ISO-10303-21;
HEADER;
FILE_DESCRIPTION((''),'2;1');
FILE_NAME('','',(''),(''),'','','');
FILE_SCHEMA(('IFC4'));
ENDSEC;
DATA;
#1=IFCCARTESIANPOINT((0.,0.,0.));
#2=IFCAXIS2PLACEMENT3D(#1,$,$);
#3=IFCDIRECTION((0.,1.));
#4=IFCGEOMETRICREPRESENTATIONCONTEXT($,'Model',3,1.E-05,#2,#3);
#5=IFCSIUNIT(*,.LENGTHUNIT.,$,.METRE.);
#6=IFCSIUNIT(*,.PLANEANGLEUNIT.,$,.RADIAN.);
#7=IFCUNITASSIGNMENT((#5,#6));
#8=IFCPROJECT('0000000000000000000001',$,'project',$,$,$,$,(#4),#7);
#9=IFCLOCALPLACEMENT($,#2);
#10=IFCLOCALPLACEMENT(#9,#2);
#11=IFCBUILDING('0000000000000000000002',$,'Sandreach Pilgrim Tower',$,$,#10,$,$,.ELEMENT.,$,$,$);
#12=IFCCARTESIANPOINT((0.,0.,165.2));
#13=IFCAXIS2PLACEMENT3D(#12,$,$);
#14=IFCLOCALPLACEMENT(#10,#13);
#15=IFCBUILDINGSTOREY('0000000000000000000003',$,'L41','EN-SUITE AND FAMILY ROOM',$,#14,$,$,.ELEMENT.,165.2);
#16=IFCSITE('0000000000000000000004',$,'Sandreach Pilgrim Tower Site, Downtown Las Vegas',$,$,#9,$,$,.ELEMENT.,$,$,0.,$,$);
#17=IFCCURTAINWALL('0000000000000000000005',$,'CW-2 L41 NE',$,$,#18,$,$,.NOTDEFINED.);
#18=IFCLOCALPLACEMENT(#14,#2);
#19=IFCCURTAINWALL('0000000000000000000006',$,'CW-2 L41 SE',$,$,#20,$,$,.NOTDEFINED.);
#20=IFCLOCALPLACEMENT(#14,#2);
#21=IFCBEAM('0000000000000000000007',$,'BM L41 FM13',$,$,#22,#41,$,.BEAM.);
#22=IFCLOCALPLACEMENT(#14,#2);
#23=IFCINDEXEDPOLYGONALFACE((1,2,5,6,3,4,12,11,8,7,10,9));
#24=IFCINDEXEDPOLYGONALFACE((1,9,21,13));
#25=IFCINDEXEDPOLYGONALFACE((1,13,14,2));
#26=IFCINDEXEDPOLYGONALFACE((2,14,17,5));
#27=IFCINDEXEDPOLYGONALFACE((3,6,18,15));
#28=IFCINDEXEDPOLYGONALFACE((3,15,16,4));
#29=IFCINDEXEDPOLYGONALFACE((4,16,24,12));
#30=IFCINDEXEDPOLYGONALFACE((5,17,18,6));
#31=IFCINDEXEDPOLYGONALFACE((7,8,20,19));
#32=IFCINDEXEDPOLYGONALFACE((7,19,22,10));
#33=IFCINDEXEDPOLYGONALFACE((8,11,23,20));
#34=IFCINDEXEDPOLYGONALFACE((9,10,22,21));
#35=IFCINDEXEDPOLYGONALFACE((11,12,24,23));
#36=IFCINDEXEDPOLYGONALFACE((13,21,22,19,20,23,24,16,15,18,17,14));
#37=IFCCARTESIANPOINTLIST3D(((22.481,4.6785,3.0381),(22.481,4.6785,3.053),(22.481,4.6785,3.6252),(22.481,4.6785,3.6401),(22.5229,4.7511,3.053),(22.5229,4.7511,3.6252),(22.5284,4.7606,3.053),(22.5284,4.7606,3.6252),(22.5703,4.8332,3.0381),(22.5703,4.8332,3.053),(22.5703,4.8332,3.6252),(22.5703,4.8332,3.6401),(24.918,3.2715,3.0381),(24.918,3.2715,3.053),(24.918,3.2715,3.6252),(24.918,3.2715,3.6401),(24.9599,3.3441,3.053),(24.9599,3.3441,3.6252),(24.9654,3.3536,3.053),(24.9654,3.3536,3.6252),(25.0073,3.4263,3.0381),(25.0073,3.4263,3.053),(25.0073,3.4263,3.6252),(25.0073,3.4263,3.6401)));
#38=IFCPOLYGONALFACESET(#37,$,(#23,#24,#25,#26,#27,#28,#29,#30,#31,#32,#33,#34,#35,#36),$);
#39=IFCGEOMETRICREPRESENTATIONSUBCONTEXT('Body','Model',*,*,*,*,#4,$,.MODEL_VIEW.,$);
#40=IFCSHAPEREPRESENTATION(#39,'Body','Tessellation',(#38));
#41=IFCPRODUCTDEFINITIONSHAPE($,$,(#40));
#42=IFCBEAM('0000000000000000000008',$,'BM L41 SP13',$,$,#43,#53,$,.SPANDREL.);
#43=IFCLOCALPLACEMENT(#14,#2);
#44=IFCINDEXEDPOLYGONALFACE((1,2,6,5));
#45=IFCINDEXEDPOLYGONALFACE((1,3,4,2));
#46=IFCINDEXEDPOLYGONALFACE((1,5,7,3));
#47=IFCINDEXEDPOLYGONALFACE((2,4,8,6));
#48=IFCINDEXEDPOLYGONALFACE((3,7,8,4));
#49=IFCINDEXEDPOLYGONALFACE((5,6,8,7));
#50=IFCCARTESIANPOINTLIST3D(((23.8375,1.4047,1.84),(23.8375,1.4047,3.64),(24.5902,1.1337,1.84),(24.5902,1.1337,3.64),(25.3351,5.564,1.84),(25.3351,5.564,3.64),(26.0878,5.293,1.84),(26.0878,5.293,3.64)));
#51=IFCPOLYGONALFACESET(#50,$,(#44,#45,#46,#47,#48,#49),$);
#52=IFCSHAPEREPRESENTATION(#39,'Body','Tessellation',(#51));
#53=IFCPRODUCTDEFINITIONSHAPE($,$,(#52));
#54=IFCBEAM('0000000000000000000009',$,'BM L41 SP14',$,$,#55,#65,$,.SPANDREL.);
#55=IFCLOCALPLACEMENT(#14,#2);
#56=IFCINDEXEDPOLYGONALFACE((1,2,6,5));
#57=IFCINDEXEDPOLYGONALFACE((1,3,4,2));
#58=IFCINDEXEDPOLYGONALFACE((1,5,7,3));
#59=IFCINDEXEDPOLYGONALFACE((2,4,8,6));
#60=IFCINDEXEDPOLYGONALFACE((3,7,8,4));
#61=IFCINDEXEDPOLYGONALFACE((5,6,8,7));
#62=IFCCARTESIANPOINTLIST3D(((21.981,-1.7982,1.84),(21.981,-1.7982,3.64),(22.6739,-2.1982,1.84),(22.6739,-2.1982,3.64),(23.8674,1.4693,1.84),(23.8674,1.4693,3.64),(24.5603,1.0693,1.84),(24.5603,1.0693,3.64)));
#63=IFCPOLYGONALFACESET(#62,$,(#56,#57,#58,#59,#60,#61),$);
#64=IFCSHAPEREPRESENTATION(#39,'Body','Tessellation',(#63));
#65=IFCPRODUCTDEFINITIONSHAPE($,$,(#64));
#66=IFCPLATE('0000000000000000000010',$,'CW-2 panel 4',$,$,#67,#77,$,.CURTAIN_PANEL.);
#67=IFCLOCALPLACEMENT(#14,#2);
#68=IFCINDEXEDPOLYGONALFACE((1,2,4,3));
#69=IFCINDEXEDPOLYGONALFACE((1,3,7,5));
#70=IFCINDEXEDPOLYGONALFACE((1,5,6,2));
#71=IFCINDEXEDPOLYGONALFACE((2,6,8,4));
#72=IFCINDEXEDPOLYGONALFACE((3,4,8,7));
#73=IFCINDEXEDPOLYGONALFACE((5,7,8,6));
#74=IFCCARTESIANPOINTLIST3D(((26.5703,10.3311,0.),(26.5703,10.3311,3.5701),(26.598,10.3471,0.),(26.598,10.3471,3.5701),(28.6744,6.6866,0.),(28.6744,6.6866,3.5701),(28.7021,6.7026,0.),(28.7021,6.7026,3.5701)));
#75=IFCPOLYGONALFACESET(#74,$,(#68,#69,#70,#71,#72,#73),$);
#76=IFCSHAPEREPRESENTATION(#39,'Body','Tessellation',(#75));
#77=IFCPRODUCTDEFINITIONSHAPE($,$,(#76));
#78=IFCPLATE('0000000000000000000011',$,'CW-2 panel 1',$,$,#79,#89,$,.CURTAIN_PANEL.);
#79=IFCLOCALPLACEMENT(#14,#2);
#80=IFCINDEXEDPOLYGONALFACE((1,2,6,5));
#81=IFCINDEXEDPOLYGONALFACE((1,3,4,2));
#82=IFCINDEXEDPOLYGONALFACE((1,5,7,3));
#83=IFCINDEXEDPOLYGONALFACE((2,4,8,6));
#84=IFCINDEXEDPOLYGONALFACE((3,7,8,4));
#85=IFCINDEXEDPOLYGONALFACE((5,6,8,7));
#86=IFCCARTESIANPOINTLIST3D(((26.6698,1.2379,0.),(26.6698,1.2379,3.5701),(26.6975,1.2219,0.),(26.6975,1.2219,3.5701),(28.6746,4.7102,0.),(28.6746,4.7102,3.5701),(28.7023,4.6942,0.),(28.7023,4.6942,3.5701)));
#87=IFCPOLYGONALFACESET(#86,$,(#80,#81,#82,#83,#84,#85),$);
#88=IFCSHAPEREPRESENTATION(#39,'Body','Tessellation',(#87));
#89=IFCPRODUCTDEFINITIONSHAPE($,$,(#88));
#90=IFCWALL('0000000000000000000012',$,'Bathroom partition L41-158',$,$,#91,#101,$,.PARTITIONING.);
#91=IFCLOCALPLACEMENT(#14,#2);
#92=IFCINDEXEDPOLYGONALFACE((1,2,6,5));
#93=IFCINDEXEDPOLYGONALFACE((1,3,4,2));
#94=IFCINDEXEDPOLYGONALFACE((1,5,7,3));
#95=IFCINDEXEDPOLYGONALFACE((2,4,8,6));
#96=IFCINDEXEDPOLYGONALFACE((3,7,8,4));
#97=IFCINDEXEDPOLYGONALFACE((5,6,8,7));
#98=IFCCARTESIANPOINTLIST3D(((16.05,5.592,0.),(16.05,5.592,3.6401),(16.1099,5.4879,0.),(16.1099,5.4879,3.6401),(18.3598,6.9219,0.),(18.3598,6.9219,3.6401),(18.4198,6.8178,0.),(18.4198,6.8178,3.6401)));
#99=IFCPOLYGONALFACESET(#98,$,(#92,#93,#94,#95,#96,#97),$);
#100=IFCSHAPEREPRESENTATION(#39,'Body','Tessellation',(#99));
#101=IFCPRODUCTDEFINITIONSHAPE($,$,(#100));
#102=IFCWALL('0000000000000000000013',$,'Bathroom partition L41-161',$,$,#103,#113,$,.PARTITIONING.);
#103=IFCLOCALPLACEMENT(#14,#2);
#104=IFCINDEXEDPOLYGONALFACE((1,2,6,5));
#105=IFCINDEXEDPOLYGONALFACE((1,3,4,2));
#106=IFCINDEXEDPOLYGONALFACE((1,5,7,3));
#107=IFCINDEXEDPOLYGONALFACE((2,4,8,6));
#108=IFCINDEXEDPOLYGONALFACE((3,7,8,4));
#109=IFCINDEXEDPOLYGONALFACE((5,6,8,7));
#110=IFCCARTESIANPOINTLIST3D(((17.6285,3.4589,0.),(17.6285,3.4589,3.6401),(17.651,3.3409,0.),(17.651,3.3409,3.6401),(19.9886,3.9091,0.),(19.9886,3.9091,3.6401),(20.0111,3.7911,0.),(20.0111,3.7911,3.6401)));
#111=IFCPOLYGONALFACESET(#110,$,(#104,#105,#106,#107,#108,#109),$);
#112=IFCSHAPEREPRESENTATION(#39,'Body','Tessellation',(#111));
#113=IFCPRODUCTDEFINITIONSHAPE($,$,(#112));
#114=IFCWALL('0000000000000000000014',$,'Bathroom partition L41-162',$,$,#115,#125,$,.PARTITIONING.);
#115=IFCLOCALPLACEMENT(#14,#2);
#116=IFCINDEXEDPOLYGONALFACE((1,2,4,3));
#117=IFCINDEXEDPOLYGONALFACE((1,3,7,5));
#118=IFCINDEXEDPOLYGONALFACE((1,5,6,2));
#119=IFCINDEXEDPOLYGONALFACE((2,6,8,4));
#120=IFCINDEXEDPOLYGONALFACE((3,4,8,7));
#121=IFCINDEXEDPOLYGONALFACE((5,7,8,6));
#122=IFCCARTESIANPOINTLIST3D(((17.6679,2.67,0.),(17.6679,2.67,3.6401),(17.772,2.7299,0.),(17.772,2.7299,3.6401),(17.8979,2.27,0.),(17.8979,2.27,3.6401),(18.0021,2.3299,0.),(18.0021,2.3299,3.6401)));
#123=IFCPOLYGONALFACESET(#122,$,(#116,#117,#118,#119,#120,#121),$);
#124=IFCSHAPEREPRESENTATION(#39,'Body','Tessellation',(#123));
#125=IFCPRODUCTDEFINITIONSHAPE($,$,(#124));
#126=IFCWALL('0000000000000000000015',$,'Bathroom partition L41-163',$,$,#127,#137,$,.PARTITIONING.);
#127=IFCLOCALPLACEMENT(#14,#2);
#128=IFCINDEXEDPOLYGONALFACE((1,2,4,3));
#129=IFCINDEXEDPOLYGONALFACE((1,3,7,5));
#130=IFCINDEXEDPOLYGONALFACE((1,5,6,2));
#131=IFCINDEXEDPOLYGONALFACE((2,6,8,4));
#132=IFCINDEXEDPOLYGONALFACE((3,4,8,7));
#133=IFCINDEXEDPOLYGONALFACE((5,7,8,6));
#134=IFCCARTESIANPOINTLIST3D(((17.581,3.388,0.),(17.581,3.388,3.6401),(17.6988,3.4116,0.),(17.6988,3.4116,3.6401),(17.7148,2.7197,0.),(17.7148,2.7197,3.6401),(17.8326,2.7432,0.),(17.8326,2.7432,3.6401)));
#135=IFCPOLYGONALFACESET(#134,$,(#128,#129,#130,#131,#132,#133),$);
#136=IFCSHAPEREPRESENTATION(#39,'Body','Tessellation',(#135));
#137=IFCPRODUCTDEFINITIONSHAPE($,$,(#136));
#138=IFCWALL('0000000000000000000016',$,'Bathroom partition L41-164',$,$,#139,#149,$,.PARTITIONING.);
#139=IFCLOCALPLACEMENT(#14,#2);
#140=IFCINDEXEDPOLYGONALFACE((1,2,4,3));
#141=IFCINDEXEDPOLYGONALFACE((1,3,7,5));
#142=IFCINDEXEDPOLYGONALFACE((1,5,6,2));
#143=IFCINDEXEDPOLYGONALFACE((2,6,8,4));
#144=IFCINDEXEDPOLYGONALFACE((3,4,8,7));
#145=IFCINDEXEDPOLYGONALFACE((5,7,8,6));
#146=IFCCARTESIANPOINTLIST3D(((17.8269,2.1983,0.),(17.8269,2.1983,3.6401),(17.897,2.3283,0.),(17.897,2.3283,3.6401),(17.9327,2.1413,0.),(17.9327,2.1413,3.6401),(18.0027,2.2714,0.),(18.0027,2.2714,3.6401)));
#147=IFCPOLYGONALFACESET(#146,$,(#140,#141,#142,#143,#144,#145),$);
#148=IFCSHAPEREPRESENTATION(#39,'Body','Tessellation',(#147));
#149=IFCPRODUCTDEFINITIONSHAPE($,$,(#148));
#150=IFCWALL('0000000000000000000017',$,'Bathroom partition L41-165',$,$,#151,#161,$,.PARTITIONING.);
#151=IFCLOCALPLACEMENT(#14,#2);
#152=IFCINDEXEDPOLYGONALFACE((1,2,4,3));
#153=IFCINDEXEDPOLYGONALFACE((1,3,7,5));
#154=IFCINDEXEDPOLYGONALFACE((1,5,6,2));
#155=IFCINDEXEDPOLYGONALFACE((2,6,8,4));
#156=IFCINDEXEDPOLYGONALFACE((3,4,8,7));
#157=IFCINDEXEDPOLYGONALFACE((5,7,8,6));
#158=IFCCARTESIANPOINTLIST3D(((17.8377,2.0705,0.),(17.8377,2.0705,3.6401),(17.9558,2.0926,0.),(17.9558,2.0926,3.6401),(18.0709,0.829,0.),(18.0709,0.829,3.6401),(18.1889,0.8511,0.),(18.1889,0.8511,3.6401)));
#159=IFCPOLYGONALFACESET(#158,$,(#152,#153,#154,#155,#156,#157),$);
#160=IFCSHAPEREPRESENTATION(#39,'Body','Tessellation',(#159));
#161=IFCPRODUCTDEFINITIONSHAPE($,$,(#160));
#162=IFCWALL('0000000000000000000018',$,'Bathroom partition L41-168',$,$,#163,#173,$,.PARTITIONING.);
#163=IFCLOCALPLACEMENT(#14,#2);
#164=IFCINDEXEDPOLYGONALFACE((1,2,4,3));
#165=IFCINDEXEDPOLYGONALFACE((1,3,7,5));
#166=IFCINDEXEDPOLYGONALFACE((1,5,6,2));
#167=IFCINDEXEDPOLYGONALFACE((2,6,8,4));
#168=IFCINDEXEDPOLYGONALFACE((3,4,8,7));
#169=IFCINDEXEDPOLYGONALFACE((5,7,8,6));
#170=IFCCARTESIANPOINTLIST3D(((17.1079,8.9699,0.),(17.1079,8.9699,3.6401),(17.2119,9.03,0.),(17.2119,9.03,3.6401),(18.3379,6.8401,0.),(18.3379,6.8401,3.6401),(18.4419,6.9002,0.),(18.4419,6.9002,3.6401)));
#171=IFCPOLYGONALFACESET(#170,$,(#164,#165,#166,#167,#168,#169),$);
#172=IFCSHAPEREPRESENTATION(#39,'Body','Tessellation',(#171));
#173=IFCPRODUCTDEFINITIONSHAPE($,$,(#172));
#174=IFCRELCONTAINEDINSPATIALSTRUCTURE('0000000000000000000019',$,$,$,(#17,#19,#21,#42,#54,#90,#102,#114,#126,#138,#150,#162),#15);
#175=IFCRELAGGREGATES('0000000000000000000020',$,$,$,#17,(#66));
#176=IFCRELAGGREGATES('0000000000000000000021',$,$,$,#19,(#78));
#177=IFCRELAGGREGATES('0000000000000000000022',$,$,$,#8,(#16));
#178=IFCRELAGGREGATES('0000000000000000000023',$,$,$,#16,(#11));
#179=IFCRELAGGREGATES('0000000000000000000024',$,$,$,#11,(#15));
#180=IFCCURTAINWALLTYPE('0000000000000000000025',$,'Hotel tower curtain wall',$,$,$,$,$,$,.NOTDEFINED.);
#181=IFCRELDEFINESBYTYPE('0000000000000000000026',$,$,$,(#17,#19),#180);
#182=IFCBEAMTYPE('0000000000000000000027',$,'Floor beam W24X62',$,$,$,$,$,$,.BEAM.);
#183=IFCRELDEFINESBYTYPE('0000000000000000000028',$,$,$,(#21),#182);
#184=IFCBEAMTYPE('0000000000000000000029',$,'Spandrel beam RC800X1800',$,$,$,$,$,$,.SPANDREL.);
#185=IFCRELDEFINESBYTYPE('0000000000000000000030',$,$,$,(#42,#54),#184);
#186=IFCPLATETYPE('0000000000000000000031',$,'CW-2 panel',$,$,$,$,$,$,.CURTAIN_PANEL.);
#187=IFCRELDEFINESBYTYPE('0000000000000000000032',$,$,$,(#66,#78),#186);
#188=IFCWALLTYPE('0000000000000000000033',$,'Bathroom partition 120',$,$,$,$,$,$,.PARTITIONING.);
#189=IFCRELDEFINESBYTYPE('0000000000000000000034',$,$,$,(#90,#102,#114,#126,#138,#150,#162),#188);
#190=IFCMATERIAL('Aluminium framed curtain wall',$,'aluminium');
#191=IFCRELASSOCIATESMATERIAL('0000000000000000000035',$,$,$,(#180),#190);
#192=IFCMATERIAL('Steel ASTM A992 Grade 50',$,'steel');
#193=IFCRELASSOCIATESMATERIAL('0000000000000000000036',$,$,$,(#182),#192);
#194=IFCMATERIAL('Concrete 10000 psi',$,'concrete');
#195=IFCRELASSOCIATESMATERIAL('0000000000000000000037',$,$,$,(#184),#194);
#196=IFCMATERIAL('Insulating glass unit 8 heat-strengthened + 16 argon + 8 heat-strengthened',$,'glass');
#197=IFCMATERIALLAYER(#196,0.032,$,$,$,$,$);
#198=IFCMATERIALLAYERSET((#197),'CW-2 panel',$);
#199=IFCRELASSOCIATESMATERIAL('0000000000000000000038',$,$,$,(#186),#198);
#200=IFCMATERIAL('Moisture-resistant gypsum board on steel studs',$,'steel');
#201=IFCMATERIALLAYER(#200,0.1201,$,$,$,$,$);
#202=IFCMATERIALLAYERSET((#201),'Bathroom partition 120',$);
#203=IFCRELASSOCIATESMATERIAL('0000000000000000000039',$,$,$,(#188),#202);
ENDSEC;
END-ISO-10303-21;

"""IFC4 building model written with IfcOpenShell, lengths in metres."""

from ifc_helpers import new_model, si_unit, direction, frame, frame_2d, origin, origin_2d, place, context, subcontext, project, spatial, rectangle, i_section, extrude, material, layer, layer_set, material_profile, profile_set, type_object, element, aggregate, save


model = new_model("IFC4")

# Units and contexts
model_context = context("Model", 3, precision=1e-05, world=origin(), true_north=direction((0.0, 1.0)))
body_context = subcontext(model_context, "Body", "Model", "MODEL_VIEW")
ifc_project = project(units=[si_unit("LENGTHUNIT", "METRE"), si_unit("PLANEANGLEUNIT", "RADIAN")], contexts=[model_context])

# Site, building, storey
site_placement = place(None, origin())
site = spatial("IfcSite", under=ifc_project, at=site_placement, Name="Sandreach Pilgrim Tower Site, Downtown Las Vegas", CompositionType="ELEMENT", RefElevation=0.0)
building_placement = place(site_placement, origin())
building = spatial("IfcBuilding", under=site, at=building_placement, Name="Sandreach Pilgrim Tower", CompositionType="ELEMENT")
storey_placement = place(building_placement, frame((0.0, 0.0, 165.2)))
storey = spatial("IfcBuildingStorey", under=building, at=storey_placement, Name="L41", Description="EN-SUITE AND FAMILY ROOM", CompositionType="ELEMENT", Elevation=165.2)

# Curtain wall
ifc_material_1 = material(Name="Aluminium framed curtain wall", Category="aluminium")
curtain_wall_type = type_object("IfcCurtainWallType", Name="Hotel tower curtain wall", PredefinedType="NOTDEFINED", material=ifc_material_1)
curtain_wall_1_placement = place(storey_placement, origin())
curtain_wall_1 = element("IfcCurtainWall", 1, at=curtain_wall_1_placement, inside=storey, type_object=curtain_wall_type, Name="CW-2 L41 NE", PredefinedType="NOTDEFINED")

# Curtain wall
curtain_wall_2_placement = place(storey_placement, origin())
curtain_wall_2 = element("IfcCurtainWall", 2, at=curtain_wall_2_placement, inside=storey, type_object=curtain_wall_type, Name="CW-2 L41 SE", PredefinedType="NOTDEFINED")

# Beams
ifc_material_2 = material(Name="Steel ASTM A992 Grade 50", Category="steel")
ifc_material_profile_1 = material_profile(ifc_material_2, i_section(OverallWidth=0.1787, OverallDepth=0.6021, WebThickness=0.011, FlangeThickness=0.0149, at=origin_2d()), Name="W24X62")
ifc_profile_set_1 = profile_set([ifc_material_profile_1], Name="Steel ASTM A992 Grade 50")
beam_type_1 = type_object("IfcBeamType", Name="Floor beam W24X62", PredefinedType="BEAM", material=ifc_profile_set_1)
beam_1_placement = place(storey_placement, frame((24.9626, 3.3489, 3.3391), z_axis=(-0.86603, 0.499993, 0.0), x_axis=(-0.499993, -0.86603, 0.0)))
element("IfcBeam", 3, at=beam_1_placement, inside=storey, type_object=beam_type_1, Name="BM L41 FM13", PredefinedType="BEAM", context=body_context, shape_type="SweptSolid", body=[
    extrude(i_section(OverallWidth=0.1787, OverallDepth=0.6021, WebThickness=0.011, FlangeThickness=0.0149, at=origin_2d()), origin(), (0.0, 0.0, 1.0), 2.814),
])
ifc_material_3 = material(Name="Concrete 10000 psi", Category="concrete")
ifc_material_profile_2 = material_profile(ifc_material_3, rectangle(XDim=0.8, YDim=1.8, at=origin_2d()), Name="RC800X1800")
ifc_profile_set_2 = profile_set([ifc_material_profile_2], Name="Concrete 10000 psi")
beam_type_2 = type_object("IfcBeamType", Name="Spandrel beam RC800X1800", PredefinedType="SPANDREL", material=ifc_profile_set_2)
beam_2_placement = place(storey_placement, frame((25.7114, 5.4285, 2.74), z_axis=(-0.33877, -0.940869, 0.0), x_axis=(0.940869, -0.33877, 0.0)))
element("IfcBeam", 4, at=beam_2_placement, inside=storey, type_object=beam_type_2, Name="BM L41 SP13", PredefinedType="SPANDREL", context=body_context, shape_type="SweptSolid", body=[
    extrude(rectangle(XDim=0.8, YDim=1.8, at=origin_2d()), origin(), (0.0, 0.0, 1.0), 4.4207),
])
beam_3_placement = place(storey_placement, frame((24.2139, 1.2693, 2.74), z_axis=(-0.499988, -0.866033, 0.0), x_axis=(0.866033, -0.499988, 0.0)))
element("IfcBeam", 5, at=beam_3_placement, inside=storey, type_object=beam_type_2, Name="BM L41 SP14", PredefinedType="SPANDREL", context=body_context, shape_type="SweptSolid", body=[
    extrude(rectangle(XDim=0.8, YDim=1.8, at=origin_2d()), origin(), (0.0, 0.0, 1.0), 3.7729),
])

# Plates
ifc_material_4 = material(Name="Insulating glass unit 8 heat-strengthened + 16 argon + 8 heat-strengthened", Category="glass")
ifc_layer_1 = layer(ifc_material_4, 0.032)
ifc_layer_set_1 = layer_set([ifc_layer_1], Name="CW-2 panel")
plate_type = type_object("IfcPlateType", Name="CW-2 panel", PredefinedType="CURTAIN_PANEL", material=ifc_layer_set_1)
plate_1_placement = place(storey_placement, frame((27.6362, 8.5168, 0.0), z_axis=(0.0, 0.0, 1.0), x_axis=(0.5, -0.866025, 0.0)))
plate_1 = element("IfcPlate", 6, at=plate_1_placement, type_object=plate_type, Name="CW-2 panel 4", PredefinedType="CURTAIN_PANEL", context=body_context, shape_type="SweptSolid", body=[
    extrude(rectangle(XDim=4.2083, YDim=0.032, at=origin_2d()), origin(), (0.0, 0.0, 1.0), 3.5701),
])
aggregate(curtain_wall_1, [plate_1])
plate_2_placement = place(storey_placement, frame((27.686, 2.9661, 0.0), z_axis=(0.0, 0.0, 1.0), x_axis=(-0.5, -0.866025, 0.0)))
plate_2 = element("IfcPlate", 7, at=plate_2_placement, type_object=plate_type, Name="CW-2 panel 1", PredefinedType="CURTAIN_PANEL", context=body_context, shape_type="SweptSolid", body=[
    extrude(rectangle(XDim=4.0095, YDim=0.032, at=origin_2d()), origin(), (0.0, 0.0, 1.0), 3.5701),
])
aggregate(curtain_wall_2, [plate_2])

# Walls
ifc_material_5 = material(Name="Moisture-resistant gypsum board on steel studs", Category="steel")
ifc_layer_2 = layer(ifc_material_5, 0.1201)
ifc_layer_set_2 = layer_set([ifc_layer_2], Name="Bathroom partition 120")
wall_type_1 = type_object("IfcWallType", Name="Bathroom partition 120", PredefinedType="PARTITIONING", material=ifc_layer_set_2)
wall_1_placement = place(storey_placement, frame((16.0801, 5.54, 0.0), z_axis=(0.0, 0.0, 1.0), x_axis=(0.866632, 0.498948, 0.0)))
element("IfcWall", 8, at=wall_1_placement, inside=storey, type_object=wall_type_1, Name="Bathroom partition L41-158", PredefinedType="PARTITIONING", context=body_context, shape_type="SweptSolid", body=[
    extrude(rectangle(XDim=2.6653, YDim=0.1201, at=frame_2d((1.3325, 0.0))), origin(), (0.0, 0.0, 1.0), 3.6401),
])
wall_2_placement = place(storey_placement, frame((17.6399, 3.3999, 0.0), z_axis=(0.0, 0.0, 1.0), x_axis=(0.982289, 0.187374, 0.0)))
element("IfcWall", 9, at=wall_2_placement, inside=storey, type_object=wall_type_1, Name="Bathroom partition L41-161", PredefinedType="PARTITIONING", context=body_context, shape_type="SweptSolid", body=[
    extrude(rectangle(XDim=2.4026, YDim=0.1201, at=frame_2d((1.2012, 0.0))), origin(), (0.0, 0.0, 1.0), 3.6401),
])
wall_3_placement = place(storey_placement, frame((17.72, 2.7, 0.0), z_axis=(0.0, 0.0, 1.0), x_axis=(0.498531, -0.866872, 0.0)))
element("IfcWall", 10, at=wall_3_placement, inside=storey, type_object=wall_type_1, Name="Bathroom partition L41-162", PredefinedType="PARTITIONING", context=body_context, shape_type="SweptSolid", body=[
    extrude(rectangle(XDim=0.4614, YDim=0.1201, at=frame_2d((0.2307, 0.0))), origin(), (0.0, 0.0, 1.0), 3.6401),
])
wall_4_placement = place(storey_placement, frame((17.7737, 2.7314, 0.0), z_axis=(0.0, 0.0, 1.0), x_axis=(-0.196254, 0.980553, 0.0)))
element("IfcWall", 11, at=wall_4_placement, inside=storey, type_object=wall_type_1, Name="Bathroom partition L41-163", PredefinedType="PARTITIONING", context=body_context, shape_type="SweptSolid", body=[
    extrude(rectangle(XDim=0.6816, YDim=0.1201, at=frame_2d((0.3408, 0.0))), origin(), (0.0, 0.0, 1.0), 3.6401),
])
wall_5_placement = place(storey_placement, frame((17.8799, 2.1699, 0.0), z_axis=(0.0, 0.0, 1.0), x_axis=(0.4741, 0.880471, 0.0)))
element("IfcWall", 12, at=wall_5_placement, inside=storey, type_object=wall_type_1, Name="Bathroom partition L41-164", PredefinedType="PARTITIONING", context=body_context, shape_type="SweptSolid", body=[
    extrude(rectangle(XDim=0.1477, YDim=0.1201, at=frame_2d((0.0737, 0.0))), origin(), (0.0, 0.0, 1.0), 3.6401),
])
wall_6_placement = place(storey_placement, frame((17.8967, 2.0815, 0.0), z_axis=(0.0, 0.0, 1.0), x_axis=(0.18458, -0.982817, 0.0)))
element("IfcWall", 13, at=wall_6_placement, inside=storey, type_object=wall_type_1, Name="Bathroom partition L41-165", PredefinedType="PARTITIONING", context=body_context, shape_type="SweptSolid", body=[
    extrude(rectangle(XDim=1.2632, YDim=0.1201, at=frame_2d((0.6316, 0.0))), origin(), (0.0, 0.0, 1.0), 3.6401),
])
wall_7_placement = place(storey_placement, frame((18.3899, 6.8701, 0.0), z_axis=(0.0, 0.0, 1.0), x_axis=(-0.500089, 0.865974, 0.0)))
element("IfcWall", 14, at=wall_7_placement, inside=storey, type_object=wall_type_1, Name="Bathroom partition L41-168", PredefinedType="PARTITIONING", context=body_context, shape_type="SweptSolid", body=[
    extrude(rectangle(XDim=2.4595, YDim=0.1201, at=frame_2d((1.2297, 0.0))), origin(), (0.0, 0.0, 1.0), 3.6401),
])

save(model, "model.ifc")
